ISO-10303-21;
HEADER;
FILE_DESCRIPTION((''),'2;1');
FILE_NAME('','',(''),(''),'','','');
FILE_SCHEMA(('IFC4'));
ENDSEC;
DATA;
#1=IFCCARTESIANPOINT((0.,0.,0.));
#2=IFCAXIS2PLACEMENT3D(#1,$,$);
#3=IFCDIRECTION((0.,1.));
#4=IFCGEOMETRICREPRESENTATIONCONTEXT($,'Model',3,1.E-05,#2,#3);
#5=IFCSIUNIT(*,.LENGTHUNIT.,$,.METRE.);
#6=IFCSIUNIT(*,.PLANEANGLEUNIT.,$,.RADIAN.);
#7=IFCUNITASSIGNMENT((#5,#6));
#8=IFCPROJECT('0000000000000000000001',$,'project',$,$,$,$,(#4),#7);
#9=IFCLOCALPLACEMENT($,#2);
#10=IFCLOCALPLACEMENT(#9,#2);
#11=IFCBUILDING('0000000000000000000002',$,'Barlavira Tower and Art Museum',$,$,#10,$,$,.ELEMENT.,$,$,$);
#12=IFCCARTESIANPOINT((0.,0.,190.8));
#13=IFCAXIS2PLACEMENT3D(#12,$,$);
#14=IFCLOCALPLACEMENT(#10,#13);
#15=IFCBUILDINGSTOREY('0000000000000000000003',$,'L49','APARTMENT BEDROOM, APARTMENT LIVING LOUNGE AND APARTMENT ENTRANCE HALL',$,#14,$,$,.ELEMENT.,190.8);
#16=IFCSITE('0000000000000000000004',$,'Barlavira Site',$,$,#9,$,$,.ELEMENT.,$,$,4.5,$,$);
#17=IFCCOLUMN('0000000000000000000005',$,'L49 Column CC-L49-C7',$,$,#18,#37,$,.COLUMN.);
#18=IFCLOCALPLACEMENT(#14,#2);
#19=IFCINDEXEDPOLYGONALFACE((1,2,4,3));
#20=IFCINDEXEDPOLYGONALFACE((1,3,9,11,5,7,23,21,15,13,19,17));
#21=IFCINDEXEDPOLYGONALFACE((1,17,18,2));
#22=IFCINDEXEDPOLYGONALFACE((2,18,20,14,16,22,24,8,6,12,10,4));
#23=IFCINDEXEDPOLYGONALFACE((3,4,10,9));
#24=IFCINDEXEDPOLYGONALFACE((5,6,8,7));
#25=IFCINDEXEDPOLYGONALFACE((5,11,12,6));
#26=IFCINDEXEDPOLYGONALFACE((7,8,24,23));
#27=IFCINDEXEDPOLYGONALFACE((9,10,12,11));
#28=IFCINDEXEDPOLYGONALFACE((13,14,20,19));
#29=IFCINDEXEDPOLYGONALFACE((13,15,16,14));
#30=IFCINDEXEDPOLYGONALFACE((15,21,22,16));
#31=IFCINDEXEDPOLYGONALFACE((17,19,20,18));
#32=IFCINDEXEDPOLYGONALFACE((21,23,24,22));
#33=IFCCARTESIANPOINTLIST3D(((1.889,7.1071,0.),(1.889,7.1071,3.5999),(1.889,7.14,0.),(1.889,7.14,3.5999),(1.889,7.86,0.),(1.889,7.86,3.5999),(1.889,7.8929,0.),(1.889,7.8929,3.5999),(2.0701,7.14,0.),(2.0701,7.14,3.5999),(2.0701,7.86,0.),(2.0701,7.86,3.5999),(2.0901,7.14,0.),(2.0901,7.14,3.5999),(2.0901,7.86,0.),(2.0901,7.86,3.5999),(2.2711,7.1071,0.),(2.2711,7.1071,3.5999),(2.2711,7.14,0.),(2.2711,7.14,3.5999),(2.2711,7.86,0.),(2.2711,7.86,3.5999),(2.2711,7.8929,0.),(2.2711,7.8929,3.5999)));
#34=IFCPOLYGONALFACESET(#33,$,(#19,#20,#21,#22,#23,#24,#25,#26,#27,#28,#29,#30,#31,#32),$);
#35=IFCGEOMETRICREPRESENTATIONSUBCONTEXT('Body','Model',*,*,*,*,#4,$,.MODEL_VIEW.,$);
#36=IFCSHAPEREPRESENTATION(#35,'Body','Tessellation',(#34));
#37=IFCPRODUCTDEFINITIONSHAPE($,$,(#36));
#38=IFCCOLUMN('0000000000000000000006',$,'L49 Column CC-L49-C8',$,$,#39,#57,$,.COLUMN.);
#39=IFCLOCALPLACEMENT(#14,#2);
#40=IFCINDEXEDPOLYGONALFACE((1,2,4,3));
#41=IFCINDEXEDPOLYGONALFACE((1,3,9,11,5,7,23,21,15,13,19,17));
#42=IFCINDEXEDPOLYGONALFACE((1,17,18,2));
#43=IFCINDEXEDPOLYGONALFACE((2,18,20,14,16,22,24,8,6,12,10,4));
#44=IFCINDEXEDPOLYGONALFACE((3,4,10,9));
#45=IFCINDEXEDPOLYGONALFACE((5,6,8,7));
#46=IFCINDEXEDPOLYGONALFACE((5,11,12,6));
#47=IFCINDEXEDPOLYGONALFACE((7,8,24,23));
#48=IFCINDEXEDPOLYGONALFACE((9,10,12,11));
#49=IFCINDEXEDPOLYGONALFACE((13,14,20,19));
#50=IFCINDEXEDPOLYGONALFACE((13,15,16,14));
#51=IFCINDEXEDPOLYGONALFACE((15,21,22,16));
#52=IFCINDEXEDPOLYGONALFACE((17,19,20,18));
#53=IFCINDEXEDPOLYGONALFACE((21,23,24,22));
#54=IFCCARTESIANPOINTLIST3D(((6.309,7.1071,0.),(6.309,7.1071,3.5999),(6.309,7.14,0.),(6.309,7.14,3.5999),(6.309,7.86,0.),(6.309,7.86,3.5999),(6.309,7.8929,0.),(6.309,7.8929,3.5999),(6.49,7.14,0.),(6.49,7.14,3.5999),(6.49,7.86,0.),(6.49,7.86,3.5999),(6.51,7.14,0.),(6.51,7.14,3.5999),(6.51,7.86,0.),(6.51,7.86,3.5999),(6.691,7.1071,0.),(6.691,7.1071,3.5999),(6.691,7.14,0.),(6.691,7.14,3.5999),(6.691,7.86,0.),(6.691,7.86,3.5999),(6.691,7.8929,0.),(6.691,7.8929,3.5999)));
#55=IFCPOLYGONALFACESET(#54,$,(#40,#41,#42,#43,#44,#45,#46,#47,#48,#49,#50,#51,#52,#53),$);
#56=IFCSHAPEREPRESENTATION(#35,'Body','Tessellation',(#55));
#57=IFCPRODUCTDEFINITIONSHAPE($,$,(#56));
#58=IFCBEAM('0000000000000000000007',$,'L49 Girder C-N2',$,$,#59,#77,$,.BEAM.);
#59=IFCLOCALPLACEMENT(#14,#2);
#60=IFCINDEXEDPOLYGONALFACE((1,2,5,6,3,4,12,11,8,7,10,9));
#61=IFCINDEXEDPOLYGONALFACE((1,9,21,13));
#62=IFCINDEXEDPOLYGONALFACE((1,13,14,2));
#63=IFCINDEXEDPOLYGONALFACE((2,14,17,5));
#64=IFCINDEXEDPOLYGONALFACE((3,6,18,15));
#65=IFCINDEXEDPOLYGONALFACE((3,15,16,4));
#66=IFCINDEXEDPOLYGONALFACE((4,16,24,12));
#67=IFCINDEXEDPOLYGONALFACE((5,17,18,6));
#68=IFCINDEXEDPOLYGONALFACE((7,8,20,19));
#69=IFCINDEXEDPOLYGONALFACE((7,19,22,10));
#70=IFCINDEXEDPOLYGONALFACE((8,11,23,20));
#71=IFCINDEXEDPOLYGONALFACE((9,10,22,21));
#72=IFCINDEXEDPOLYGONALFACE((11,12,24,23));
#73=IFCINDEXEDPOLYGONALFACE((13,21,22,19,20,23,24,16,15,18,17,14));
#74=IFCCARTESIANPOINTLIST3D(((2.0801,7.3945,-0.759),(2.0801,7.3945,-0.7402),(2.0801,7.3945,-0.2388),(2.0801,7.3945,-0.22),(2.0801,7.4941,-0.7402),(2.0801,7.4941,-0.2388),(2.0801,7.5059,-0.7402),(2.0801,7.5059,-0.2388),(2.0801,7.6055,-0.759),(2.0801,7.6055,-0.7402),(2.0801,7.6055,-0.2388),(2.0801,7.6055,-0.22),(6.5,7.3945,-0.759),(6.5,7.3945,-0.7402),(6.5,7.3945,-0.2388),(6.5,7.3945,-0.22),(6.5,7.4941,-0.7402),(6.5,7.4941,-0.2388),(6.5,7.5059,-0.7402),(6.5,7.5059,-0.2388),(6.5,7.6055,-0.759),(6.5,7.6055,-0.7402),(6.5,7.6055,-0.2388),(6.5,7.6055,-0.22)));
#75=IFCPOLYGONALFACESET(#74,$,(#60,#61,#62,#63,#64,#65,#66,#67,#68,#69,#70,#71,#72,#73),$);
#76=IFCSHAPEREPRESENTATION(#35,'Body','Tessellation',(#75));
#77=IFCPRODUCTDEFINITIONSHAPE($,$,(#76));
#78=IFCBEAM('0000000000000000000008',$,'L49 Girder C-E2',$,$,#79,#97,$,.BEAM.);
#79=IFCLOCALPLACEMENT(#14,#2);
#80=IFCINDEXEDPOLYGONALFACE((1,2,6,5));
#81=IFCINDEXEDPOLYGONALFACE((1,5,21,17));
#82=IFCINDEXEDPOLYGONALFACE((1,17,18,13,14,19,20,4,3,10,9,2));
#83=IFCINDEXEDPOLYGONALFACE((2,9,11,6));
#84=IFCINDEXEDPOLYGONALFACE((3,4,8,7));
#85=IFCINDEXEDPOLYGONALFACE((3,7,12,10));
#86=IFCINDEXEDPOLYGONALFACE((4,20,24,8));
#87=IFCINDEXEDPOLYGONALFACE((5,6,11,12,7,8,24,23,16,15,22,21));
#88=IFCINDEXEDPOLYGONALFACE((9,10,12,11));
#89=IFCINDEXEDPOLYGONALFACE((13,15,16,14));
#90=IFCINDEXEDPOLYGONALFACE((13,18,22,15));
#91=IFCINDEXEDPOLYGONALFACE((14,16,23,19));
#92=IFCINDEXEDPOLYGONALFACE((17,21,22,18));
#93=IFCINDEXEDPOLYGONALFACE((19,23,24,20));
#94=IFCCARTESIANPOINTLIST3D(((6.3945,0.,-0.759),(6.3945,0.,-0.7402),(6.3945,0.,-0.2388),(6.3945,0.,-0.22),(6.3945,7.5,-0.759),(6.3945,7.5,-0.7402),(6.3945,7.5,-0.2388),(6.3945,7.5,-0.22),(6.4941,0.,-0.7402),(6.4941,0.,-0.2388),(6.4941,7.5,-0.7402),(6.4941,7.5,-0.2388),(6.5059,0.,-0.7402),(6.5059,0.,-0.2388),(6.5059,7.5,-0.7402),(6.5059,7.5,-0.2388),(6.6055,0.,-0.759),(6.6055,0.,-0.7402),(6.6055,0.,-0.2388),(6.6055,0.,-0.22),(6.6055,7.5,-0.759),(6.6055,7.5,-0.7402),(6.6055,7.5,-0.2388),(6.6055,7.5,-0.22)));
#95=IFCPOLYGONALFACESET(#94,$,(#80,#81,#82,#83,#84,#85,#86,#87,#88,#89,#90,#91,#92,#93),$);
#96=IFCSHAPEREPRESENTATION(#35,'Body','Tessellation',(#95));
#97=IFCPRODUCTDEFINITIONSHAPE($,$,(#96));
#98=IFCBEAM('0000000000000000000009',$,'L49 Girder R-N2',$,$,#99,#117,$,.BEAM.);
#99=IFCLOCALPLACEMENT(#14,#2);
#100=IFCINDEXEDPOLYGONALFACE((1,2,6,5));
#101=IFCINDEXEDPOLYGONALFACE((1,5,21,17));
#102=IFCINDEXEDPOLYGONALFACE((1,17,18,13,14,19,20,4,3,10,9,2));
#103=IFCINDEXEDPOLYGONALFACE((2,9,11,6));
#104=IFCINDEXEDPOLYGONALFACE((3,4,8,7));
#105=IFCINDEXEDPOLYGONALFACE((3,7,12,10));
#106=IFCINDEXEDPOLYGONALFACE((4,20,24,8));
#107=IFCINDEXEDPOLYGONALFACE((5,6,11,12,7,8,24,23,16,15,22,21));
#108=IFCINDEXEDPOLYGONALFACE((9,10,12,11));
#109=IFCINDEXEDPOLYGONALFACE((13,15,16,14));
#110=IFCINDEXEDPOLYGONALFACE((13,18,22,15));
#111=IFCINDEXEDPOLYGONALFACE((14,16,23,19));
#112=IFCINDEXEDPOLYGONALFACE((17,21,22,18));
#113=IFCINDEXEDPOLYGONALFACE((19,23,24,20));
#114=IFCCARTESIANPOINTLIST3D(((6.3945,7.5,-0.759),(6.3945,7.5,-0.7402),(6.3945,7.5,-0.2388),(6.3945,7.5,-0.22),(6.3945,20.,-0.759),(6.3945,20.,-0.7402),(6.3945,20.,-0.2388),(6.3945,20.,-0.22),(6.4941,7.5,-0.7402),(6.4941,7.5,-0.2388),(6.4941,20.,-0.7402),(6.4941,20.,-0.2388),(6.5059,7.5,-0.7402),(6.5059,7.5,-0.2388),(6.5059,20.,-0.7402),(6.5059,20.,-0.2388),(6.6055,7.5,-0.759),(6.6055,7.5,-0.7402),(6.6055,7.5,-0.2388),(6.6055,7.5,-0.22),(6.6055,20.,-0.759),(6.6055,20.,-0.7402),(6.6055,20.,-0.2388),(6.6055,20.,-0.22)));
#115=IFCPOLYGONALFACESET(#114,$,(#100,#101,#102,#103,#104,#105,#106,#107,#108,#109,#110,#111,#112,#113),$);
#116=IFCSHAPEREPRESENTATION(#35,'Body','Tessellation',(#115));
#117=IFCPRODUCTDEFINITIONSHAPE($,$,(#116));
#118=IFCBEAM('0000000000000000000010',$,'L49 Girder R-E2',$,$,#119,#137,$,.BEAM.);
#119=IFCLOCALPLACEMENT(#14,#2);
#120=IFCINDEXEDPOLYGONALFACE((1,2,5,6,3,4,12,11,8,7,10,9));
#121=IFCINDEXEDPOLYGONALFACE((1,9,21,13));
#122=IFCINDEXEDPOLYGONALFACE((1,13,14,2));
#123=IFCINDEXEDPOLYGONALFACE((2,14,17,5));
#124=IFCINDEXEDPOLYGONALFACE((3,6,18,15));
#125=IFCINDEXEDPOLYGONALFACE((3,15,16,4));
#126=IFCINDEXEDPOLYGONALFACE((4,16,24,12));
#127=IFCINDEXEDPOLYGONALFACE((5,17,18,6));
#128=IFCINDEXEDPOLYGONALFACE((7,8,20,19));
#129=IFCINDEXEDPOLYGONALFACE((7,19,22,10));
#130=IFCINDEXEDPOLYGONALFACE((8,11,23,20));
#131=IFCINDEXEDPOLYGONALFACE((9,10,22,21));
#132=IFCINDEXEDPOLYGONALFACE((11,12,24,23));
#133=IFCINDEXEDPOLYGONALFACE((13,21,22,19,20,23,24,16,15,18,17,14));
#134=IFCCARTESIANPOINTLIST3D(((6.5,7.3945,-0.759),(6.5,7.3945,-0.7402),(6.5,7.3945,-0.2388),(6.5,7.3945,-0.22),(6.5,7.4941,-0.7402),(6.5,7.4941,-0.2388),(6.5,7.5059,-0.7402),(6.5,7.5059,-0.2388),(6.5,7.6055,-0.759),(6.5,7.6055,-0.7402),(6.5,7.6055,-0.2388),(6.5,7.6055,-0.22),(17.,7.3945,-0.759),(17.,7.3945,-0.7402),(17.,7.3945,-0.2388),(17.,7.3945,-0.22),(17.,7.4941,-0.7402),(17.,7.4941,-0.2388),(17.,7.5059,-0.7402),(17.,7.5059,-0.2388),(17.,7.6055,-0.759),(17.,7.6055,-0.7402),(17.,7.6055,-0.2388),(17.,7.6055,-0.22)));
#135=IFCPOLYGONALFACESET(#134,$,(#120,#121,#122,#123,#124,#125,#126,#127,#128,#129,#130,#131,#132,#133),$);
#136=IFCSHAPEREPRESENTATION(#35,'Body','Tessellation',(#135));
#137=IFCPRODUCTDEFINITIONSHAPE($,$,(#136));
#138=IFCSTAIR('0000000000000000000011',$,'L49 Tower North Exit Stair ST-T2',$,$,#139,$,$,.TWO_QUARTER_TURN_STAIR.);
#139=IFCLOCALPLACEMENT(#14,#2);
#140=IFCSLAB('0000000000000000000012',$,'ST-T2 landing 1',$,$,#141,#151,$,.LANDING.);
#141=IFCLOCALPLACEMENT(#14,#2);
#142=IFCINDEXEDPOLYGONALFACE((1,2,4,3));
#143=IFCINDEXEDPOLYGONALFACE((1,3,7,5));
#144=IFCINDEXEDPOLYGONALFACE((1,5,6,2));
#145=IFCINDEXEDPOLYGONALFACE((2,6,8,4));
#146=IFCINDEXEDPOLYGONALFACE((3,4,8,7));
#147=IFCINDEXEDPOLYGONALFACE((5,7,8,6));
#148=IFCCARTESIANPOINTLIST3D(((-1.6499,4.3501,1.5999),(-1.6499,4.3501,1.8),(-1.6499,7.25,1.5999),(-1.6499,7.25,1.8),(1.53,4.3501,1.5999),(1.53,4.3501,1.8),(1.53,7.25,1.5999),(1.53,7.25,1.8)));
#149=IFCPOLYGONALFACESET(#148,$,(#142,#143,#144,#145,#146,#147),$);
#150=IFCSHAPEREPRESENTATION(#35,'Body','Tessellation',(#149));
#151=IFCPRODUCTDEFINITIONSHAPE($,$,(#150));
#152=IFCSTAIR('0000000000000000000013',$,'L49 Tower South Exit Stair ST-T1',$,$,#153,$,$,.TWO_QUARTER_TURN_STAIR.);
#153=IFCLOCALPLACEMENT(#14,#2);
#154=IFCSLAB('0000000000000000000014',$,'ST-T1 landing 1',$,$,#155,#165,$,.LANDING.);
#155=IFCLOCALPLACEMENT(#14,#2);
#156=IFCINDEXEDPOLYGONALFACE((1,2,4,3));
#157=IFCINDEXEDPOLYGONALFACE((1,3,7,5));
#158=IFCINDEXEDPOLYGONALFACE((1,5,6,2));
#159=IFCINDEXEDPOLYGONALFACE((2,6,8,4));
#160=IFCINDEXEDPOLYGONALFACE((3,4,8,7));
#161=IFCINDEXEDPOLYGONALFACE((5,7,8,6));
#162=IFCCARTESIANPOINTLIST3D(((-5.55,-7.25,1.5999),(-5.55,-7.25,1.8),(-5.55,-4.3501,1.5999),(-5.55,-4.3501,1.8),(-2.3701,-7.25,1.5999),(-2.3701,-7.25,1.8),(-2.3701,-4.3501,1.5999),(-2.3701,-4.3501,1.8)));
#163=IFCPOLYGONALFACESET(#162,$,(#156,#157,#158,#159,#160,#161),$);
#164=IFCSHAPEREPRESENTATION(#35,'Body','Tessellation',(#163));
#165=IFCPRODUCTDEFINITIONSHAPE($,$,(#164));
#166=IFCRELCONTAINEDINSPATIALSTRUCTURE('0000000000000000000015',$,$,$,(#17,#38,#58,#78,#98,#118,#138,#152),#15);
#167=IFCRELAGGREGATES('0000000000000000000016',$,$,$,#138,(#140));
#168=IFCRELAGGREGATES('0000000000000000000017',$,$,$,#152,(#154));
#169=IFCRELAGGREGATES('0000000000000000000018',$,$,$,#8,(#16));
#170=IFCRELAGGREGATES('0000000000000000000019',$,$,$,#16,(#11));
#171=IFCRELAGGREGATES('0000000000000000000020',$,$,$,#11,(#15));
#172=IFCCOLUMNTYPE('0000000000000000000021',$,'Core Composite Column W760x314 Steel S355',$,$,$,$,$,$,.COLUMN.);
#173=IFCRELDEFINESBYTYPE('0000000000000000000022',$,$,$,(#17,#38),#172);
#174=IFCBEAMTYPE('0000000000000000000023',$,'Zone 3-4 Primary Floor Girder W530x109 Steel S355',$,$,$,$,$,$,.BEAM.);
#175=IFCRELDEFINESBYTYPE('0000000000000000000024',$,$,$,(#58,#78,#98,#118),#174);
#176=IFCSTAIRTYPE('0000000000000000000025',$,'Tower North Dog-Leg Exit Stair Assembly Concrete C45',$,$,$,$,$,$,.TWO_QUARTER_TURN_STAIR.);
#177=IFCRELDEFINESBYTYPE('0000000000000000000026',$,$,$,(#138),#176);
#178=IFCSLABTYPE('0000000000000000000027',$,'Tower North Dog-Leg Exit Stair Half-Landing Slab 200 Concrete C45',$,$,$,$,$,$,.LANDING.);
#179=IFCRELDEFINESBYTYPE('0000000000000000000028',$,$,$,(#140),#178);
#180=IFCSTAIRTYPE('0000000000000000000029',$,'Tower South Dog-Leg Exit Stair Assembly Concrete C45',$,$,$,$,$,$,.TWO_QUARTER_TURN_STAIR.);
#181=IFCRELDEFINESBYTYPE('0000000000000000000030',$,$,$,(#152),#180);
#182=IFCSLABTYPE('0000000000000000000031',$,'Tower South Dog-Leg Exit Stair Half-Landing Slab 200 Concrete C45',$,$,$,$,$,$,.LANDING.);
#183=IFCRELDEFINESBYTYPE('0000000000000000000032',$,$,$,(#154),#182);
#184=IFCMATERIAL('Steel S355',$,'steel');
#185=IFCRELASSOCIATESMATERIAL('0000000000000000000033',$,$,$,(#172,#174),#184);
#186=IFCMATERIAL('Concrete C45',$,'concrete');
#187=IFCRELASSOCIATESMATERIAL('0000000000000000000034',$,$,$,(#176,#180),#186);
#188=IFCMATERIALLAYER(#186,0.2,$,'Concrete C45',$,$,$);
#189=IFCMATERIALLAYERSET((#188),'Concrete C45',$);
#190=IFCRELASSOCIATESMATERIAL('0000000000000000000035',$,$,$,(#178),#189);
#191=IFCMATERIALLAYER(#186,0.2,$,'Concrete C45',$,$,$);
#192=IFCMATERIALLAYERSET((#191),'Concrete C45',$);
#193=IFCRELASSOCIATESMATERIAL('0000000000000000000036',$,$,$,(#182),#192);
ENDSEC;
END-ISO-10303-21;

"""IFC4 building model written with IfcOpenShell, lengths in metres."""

from ifc_helpers import new_model, si_unit, direction, frame, origin, origin_2d, place, context, subcontext, project, spatial, polyline, i_section, outline, extrude, material, layer, layer_set, material_profile, profile_set, type_object, element, aggregate, save


model = new_model("IFC4")

# Units and contexts
model_context = context("Model", 3, precision=1e-05, world=origin(), true_north=direction((0.0, 1.0)))
body_context = subcontext(model_context, "Body", "Model", "MODEL_VIEW")
ifc_project = project(units=[si_unit("LENGTHUNIT", "METRE"), si_unit("PLANEANGLEUNIT", "RADIAN")], contexts=[model_context])

# Site, building, storey
site_placement = place(None, origin())
site = spatial("IfcSite", under=ifc_project, at=site_placement, Name="Barlavira Site", CompositionType="ELEMENT", RefElevation=4.5)
building_placement = place(site_placement, origin())
building = spatial("IfcBuilding", under=site, at=building_placement, Name="Barlavira Tower and Art Museum", CompositionType="ELEMENT")
storey_placement = place(building_placement, frame((0.0, 0.0, 190.8)))
storey = spatial("IfcBuildingStorey", under=building, at=storey_placement, Name="L49", Description="APARTMENT BEDROOM, APARTMENT LIVING LOUNGE AND APARTMENT ENTRANCE HALL", CompositionType="ELEMENT", Elevation=190.8)

# Columns
ifc_material_1 = material(Name="Steel S355", Category="steel")
ifc_material_profile_1 = material_profile(ifc_material_1, i_section(OverallWidth=0.3821, OverallDepth=0.7859, WebThickness=0.02, FlangeThickness=0.033, at=origin_2d()), Name="W760x314.0")
ifc_profile_set_1 = profile_set([ifc_material_profile_1], Name="Steel S355")
column_type = type_object("IfcColumnType", Name="Core Composite Column W760x314 Steel S355", PredefinedType="COLUMN", material=ifc_profile_set_1)
for number, where, z_axis, x_axis, name in (
    (1, (2.0801, 7.5, 0.0), (0.0, 0.0, 1.0), (1.0, 0.0, 0.0), "L49 Column CC-L49-C7"),
    (2, (6.5, 7.5, 0.0), (0.0, 0.0, 1.0), (1.0, 0.0, 0.0), "L49 Column CC-L49-C8"),
):
    element("IfcColumn", number, at=place(storey_placement, frame(where, z_axis=z_axis, x_axis=x_axis)), inside=storey, type_object=column_type, Name=name, PredefinedType="COLUMN", context=body_context, shape_type="SweptSolid", body=[
        extrude(i_section(OverallWidth=0.3821, OverallDepth=0.7859, WebThickness=0.02, FlangeThickness=0.033, at=origin_2d()), origin(), (0.0, 0.0, 1.0), 3.5999),
    ])

# Beams
ifc_material_profile_2 = material_profile(ifc_material_1, i_section(OverallWidth=0.2109, OverallDepth=0.5391, WebThickness=0.0117, FlangeThickness=0.0188, at=origin_2d()), Name="W530x109.0")
ifc_profile_set_2 = profile_set([ifc_material_profile_2], Name="Steel S355")
beam_type = type_object("IfcBeamType", Name="Zone 3-4 Primary Floor Girder W530x109 Steel S355", PredefinedType="BEAM", material=ifc_profile_set_2)
beam_1_placement = place(storey_placement, frame((2.0801, 7.5, -0.4895), z_axis=(1.0, 0.0, 0.0), x_axis=(0.0, 1.0, 0.0)))
element("IfcBeam", 3, at=beam_1_placement, inside=storey, type_object=beam_type, Name="L49 Girder C-N2", PredefinedType="BEAM", context=body_context, shape_type="SweptSolid", body=[
    extrude(i_section(OverallWidth=0.2109, OverallDepth=0.5391, WebThickness=0.0117, FlangeThickness=0.0188, at=origin_2d()), origin(), (0.0, 0.0, 1.0), 4.4199),
])
beam_2_placement = place(storey_placement, frame((6.5, 0.0, -0.4895), z_axis=(0.0, 1.0, 0.0), x_axis=(-1.0, 0.0, 0.0)))
element("IfcBeam", 4, at=beam_2_placement, inside=storey, type_object=beam_type, Name="L49 Girder C-E2", PredefinedType="BEAM", context=body_context, shape_type="SweptSolid", body=[
    extrude(i_section(OverallWidth=0.2109, OverallDepth=0.5391, WebThickness=0.0117, FlangeThickness=0.0188, at=origin_2d()), origin(), (0.0, 0.0, 1.0), 7.5),
])
beam_3_placement = place(storey_placement, frame((6.5, 7.5, -0.4895), z_axis=(0.0, 1.0, 0.0), x_axis=(-1.0, 0.0, 0.0)))
element("IfcBeam", 5, at=beam_3_placement, inside=storey, type_object=beam_type, Name="L49 Girder R-N2", PredefinedType="BEAM", context=body_context, shape_type="SweptSolid", body=[
    extrude(i_section(OverallWidth=0.2109, OverallDepth=0.5391, WebThickness=0.0117, FlangeThickness=0.0188, at=origin_2d()), origin(), (0.0, 0.0, 1.0), 12.5),
])
beam_4_placement = place(storey_placement, frame((6.5, 7.5, -0.4895), z_axis=(1.0, 0.0, 0.0), x_axis=(0.0, 1.0, 0.0)))
element("IfcBeam", 6, at=beam_4_placement, inside=storey, type_object=beam_type, Name="L49 Girder R-E2", PredefinedType="BEAM", context=body_context, shape_type="SweptSolid", body=[
    extrude(i_section(OverallWidth=0.2109, OverallDepth=0.5391, WebThickness=0.0117, FlangeThickness=0.0188, at=origin_2d()), origin(), (0.0, 0.0, 1.0), 10.5),
])

# Stairs, slabs
ifc_material_2 = material(Name="Concrete C45", Category="concrete")
stair_type_1 = type_object("IfcStairType", Name="Tower North Dog-Leg Exit Stair Assembly Concrete C45", PredefinedType="TWO_QUARTER_TURN_STAIR", material=ifc_material_2)
stair_1_placement = place(storey_placement, origin())
stair_1 = element("IfcStair", 7, at=stair_1_placement, inside=storey, type_object=stair_type_1, Name="L49 Tower North Exit Stair ST-T2", PredefinedType="TWO_QUARTER_TURN_STAIR")
ifc_layer_1 = layer(ifc_material_2, 0.2, Name="Concrete C45")
ifc_layer_set_1 = layer_set([ifc_layer_1], Name="Concrete C45")
slab_type_1 = type_object("IfcSlabType", Name="Tower North Dog-Leg Exit Stair Half-Landing Slab 200 Concrete C45", PredefinedType="LANDING", material=ifc_layer_set_1)
slab_1_placement = place(storey_placement, frame((0.0, 0.0, 1.5999)))
slab_1 = element("IfcSlab", 8, at=slab_1_placement, type_object=slab_type_1, Name="ST-T2 landing 1", PredefinedType="LANDING", context=body_context, shape_type="SweptSolid", body=[
    extrude(outline(polyline([(-1.6499, 4.3501), (1.53, 4.3501), (1.53, 7.25), (-1.6499, 7.25), (-1.6499, 4.3501)])), origin(), (0.0, 0.0, 1.0), 0.2002),
])
aggregate(stair_1, [slab_1])
stair_type_2 = type_object("IfcStairType", Name="Tower South Dog-Leg Exit Stair Assembly Concrete C45", PredefinedType="TWO_QUARTER_TURN_STAIR", material=ifc_material_2)
stair_2_placement = place(storey_placement, origin())
stair_2 = element("IfcStair", 9, at=stair_2_placement, inside=storey, type_object=stair_type_2, Name="L49 Tower South Exit Stair ST-T1", PredefinedType="TWO_QUARTER_TURN_STAIR")
ifc_layer_2 = layer(ifc_material_2, 0.2, Name="Concrete C45")
ifc_layer_set_2 = layer_set([ifc_layer_2], Name="Concrete C45")
slab_type_2 = type_object("IfcSlabType", Name="Tower South Dog-Leg Exit Stair Half-Landing Slab 200 Concrete C45", PredefinedType="LANDING", material=ifc_layer_set_2)
slab_2_placement = place(storey_placement, frame((0.0, 0.0, 1.5999)))
slab_2 = element("IfcSlab", 10, at=slab_2_placement, type_object=slab_type_2, Name="ST-T1 landing 1", PredefinedType="LANDING", context=body_context, shape_type="SweptSolid", body=[
    extrude(outline(polyline([(-2.3701, -4.3501), (-5.55, -4.3501), (-5.55, -7.25), (-2.3701, -7.25), (-2.3701, -4.3501)])), origin(), (0.0, 0.0, 1.0), 0.2002),
])
aggregate(stair_2, [slab_2])

save(model, "model.ifc")
